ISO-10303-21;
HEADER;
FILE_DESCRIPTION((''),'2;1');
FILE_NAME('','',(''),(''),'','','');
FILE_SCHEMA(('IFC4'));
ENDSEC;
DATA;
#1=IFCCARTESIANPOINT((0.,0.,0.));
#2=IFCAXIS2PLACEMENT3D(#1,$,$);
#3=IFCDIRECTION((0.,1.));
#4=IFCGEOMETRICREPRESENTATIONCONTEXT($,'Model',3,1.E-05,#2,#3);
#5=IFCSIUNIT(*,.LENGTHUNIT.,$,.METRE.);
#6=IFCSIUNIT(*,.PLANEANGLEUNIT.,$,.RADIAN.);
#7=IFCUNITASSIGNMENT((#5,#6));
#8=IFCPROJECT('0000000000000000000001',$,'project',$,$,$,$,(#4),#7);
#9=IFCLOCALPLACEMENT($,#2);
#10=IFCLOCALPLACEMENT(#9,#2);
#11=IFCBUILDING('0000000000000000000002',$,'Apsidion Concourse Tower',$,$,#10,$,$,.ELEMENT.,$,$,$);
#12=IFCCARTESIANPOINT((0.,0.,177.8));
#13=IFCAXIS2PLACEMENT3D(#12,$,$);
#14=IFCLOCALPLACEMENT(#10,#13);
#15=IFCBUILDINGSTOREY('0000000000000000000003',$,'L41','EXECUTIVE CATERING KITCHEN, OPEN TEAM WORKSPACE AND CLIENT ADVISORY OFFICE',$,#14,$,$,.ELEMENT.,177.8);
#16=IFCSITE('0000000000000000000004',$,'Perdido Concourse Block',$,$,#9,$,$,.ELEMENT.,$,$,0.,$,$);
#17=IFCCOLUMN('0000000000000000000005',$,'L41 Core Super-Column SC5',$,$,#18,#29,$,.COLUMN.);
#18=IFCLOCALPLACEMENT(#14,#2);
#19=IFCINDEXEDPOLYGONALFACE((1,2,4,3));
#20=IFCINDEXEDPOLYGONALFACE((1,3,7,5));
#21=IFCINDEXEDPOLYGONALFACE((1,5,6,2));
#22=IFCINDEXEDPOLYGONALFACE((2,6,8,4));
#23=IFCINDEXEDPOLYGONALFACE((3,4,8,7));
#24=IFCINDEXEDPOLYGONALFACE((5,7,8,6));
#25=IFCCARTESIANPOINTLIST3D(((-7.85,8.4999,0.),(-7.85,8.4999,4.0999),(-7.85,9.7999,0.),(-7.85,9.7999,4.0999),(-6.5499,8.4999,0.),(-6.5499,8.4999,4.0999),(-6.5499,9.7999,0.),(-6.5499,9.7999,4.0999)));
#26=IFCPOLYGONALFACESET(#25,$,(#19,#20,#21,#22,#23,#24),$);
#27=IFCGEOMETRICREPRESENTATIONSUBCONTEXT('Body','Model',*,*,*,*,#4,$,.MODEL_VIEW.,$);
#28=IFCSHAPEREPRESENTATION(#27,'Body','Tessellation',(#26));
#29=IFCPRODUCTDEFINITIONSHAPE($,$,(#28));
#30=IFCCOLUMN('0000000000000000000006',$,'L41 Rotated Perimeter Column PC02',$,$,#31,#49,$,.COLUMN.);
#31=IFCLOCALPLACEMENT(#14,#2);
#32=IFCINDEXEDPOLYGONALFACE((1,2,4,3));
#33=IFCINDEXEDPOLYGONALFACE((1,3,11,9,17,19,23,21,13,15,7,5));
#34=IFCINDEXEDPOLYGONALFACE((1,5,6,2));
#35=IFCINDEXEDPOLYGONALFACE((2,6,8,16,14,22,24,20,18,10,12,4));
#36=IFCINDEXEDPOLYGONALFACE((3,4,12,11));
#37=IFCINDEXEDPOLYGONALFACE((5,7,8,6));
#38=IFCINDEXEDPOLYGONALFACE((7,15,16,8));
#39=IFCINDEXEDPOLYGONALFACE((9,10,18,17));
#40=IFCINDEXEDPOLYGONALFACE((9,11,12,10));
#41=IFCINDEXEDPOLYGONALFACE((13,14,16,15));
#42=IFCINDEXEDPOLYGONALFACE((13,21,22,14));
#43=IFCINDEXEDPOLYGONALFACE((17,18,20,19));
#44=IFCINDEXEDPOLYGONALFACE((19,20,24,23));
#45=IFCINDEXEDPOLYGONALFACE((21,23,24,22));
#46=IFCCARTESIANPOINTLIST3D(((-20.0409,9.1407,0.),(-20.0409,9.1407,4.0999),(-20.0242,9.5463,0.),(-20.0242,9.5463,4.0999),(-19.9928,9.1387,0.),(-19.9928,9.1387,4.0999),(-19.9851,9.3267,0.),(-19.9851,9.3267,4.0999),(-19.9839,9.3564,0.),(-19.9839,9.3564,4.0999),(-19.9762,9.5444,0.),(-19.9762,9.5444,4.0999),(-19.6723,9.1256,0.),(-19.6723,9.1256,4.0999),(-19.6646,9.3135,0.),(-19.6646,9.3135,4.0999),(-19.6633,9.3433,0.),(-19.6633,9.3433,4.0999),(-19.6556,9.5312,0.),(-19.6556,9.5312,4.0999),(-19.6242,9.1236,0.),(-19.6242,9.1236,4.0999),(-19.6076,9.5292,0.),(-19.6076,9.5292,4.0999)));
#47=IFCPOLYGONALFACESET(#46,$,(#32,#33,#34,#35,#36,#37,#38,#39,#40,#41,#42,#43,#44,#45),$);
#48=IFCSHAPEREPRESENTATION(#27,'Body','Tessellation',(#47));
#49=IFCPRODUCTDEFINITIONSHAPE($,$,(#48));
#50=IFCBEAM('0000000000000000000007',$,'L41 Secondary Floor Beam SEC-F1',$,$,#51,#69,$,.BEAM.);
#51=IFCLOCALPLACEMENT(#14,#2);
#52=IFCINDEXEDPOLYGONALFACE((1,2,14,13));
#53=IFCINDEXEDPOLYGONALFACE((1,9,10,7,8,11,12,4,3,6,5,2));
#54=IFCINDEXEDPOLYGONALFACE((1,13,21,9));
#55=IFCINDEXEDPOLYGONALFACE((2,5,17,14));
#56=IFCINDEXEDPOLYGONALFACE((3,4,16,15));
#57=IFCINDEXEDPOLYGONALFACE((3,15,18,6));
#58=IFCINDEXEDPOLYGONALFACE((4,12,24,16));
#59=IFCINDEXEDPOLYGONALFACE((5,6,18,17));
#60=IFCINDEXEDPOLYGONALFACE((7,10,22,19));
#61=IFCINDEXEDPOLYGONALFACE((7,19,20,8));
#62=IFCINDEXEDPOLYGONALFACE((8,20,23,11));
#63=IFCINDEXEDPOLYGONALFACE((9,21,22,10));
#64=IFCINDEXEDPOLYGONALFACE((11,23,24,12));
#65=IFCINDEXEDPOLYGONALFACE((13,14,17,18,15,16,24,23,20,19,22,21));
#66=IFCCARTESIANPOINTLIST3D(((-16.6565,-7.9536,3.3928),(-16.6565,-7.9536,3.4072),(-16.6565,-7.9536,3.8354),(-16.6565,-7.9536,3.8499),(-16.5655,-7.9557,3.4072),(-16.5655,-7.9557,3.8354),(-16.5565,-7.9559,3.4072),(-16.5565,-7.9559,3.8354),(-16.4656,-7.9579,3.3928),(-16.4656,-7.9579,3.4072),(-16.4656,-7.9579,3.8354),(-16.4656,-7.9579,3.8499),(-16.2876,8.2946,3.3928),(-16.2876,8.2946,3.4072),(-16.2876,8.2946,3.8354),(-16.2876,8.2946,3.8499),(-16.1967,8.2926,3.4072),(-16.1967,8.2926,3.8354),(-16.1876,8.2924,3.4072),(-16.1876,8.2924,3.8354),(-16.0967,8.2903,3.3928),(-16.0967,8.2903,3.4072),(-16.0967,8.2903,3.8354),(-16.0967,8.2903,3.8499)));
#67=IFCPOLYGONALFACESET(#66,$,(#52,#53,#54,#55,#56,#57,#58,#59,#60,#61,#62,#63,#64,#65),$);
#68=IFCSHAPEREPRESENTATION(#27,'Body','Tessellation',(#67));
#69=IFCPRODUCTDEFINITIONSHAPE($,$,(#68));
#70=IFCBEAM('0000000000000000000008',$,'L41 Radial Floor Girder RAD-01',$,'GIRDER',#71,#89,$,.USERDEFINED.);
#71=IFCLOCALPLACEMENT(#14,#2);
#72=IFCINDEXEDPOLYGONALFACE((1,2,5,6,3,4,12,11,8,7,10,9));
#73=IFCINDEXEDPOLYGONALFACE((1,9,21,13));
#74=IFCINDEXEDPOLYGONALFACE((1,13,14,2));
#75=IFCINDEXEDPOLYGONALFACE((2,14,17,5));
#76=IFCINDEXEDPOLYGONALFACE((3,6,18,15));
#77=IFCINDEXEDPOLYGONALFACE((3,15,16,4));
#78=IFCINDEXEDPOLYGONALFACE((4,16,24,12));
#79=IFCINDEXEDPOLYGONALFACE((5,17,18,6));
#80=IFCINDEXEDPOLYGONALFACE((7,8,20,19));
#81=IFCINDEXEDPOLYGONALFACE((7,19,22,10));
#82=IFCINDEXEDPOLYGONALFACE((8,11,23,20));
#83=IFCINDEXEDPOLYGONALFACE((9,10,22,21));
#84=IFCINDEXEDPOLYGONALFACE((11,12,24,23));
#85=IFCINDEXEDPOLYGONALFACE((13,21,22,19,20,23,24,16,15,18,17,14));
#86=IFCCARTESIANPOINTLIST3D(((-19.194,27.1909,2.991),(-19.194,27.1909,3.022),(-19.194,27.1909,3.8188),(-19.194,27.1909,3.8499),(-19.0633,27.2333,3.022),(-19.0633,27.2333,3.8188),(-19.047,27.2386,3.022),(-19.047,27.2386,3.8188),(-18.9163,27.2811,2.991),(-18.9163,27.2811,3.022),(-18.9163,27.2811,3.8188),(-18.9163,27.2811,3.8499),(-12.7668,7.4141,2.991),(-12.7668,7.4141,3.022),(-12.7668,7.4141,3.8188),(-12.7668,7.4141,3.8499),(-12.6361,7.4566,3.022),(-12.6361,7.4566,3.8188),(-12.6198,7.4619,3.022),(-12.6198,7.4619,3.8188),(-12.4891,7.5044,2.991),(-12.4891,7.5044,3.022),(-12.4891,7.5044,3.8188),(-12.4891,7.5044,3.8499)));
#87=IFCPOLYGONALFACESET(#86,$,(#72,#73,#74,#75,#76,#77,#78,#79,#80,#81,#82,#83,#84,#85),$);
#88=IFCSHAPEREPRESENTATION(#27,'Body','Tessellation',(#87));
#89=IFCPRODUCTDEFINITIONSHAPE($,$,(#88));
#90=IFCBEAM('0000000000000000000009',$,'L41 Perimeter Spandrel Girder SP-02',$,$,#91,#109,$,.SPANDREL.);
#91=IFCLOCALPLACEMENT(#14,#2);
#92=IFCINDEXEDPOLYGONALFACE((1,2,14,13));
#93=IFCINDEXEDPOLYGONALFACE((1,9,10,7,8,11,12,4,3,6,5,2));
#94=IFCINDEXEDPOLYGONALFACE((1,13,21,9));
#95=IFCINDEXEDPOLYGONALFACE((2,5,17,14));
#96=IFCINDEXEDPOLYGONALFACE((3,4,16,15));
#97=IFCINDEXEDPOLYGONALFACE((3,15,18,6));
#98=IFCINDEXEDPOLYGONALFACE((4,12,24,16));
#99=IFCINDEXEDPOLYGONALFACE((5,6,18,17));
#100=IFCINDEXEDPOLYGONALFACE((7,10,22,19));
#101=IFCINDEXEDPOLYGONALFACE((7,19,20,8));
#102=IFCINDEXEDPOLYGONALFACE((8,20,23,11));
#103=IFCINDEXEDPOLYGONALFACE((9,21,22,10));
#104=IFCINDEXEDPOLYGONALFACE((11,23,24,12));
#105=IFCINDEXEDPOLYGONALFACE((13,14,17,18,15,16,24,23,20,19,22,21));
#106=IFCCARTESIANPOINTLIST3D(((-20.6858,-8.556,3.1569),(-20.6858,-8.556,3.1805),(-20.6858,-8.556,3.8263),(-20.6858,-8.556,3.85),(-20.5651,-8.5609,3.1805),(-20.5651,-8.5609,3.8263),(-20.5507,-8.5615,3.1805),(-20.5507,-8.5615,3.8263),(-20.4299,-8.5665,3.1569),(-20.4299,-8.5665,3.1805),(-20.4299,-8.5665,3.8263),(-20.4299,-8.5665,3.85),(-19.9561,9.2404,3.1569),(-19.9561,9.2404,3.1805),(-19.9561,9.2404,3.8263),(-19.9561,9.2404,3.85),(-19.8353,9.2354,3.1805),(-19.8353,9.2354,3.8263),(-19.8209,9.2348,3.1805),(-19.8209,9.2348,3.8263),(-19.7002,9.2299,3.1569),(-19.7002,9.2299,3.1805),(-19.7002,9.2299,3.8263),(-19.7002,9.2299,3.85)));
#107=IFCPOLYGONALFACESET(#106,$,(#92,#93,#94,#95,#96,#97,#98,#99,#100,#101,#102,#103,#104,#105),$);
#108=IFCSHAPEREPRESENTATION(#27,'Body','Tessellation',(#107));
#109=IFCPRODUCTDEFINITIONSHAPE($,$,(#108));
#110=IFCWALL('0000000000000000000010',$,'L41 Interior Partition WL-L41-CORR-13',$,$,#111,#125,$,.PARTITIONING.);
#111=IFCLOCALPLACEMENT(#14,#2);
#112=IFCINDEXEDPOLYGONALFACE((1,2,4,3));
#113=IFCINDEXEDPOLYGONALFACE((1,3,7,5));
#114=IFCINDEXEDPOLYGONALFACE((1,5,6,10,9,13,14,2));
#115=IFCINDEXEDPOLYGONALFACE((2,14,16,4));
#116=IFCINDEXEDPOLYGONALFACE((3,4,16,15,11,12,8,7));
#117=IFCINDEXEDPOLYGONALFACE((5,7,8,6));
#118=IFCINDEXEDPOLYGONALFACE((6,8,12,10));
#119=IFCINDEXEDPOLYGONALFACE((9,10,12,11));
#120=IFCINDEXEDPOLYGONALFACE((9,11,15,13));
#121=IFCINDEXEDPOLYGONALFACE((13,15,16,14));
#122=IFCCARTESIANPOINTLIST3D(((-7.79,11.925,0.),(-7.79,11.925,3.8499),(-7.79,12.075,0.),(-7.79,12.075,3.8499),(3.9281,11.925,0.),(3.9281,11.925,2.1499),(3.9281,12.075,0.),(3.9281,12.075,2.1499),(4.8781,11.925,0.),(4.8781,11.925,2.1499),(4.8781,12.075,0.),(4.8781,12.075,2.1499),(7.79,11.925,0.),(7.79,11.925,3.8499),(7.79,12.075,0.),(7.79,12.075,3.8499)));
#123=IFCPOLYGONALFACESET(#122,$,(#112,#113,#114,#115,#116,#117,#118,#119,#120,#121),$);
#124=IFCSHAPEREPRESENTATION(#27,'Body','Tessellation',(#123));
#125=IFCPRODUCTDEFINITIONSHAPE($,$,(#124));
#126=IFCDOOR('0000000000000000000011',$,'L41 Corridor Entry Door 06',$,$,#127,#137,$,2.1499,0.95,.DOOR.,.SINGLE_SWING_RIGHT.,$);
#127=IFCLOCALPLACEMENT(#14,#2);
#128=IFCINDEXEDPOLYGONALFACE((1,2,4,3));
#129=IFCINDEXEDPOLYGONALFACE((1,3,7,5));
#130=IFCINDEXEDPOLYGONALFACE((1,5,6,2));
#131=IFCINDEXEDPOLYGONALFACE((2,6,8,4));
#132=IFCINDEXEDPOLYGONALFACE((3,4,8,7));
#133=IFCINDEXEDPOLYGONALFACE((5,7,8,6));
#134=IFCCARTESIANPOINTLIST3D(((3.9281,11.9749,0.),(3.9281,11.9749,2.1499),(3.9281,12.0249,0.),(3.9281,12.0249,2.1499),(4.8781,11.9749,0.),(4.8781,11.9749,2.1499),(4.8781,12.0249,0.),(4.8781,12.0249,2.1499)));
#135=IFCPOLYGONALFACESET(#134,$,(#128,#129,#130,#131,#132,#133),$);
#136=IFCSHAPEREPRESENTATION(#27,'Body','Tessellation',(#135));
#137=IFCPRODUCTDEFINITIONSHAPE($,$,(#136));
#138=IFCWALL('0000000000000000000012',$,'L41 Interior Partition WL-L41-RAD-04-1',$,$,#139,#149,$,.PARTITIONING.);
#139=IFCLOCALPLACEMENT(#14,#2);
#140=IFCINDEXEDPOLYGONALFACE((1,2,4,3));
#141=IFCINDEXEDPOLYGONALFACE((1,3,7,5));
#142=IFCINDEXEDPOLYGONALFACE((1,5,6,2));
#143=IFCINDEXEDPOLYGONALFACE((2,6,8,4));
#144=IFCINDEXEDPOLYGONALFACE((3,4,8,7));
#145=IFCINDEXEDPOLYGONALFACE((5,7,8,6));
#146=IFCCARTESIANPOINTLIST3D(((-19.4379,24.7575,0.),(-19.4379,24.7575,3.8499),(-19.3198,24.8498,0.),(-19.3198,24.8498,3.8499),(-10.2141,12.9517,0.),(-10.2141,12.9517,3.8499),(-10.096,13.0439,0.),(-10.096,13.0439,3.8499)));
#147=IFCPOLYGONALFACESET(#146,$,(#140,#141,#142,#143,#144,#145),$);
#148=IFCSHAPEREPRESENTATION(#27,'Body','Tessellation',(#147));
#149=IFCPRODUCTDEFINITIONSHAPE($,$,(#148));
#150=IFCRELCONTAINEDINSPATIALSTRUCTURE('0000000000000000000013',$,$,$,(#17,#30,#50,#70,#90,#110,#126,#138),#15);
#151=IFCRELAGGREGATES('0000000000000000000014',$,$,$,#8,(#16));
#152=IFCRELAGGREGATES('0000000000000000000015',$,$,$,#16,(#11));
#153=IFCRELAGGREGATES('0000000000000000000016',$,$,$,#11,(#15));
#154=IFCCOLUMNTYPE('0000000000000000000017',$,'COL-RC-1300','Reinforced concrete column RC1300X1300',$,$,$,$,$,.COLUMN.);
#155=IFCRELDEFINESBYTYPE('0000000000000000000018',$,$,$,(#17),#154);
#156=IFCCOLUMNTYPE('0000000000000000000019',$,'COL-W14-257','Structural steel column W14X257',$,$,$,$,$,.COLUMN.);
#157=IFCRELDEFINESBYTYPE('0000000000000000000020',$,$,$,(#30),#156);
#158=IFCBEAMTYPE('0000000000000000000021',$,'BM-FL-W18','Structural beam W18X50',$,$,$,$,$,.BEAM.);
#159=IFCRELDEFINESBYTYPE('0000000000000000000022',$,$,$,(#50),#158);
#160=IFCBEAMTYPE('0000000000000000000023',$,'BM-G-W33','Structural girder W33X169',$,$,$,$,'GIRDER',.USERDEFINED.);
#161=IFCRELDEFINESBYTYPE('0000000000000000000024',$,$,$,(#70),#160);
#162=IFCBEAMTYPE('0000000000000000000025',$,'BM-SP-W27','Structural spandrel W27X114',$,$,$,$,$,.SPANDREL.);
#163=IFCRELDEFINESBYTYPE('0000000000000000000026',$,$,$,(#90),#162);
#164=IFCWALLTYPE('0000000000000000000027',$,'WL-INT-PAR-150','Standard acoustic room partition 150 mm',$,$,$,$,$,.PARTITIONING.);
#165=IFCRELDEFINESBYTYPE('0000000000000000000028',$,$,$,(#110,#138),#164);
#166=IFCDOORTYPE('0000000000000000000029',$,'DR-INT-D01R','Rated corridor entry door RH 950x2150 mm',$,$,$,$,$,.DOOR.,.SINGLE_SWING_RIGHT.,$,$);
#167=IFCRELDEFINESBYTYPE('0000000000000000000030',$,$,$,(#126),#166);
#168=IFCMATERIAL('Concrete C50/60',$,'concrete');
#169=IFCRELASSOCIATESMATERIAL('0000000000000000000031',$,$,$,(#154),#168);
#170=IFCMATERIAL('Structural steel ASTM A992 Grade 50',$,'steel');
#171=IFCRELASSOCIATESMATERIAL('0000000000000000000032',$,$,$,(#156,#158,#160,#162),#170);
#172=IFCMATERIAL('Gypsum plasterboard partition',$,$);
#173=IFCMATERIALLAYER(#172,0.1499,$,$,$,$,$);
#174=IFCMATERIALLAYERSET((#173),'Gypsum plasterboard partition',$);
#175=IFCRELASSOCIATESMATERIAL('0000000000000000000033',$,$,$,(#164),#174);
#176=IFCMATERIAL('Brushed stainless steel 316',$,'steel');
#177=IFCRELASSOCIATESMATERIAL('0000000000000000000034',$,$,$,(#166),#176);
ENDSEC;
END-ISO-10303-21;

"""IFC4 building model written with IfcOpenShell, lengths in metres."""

from ifc_helpers import new_model, si_unit, direction, frame, frame_2d, origin, origin_2d, place, context, subcontext, project, spatial, rectangle, i_section, extrude, material, layer, layer_set, material_profile, profile_set, type_object, element, fill, save


model = new_model("IFC4")

# Units and contexts
model_context = context("Model", 3, precision=1e-05, world=origin(), true_north=direction((0.0, 1.0)))
body_context = subcontext(model_context, "Body", "Model", "MODEL_VIEW")
ifc_project = project(units=[si_unit("LENGTHUNIT", "METRE"), si_unit("PLANEANGLEUNIT", "RADIAN")], contexts=[model_context])

# Site, building, storey
site_placement = place(None, origin())
site = spatial("IfcSite", under=ifc_project, at=site_placement, Name="Perdido Concourse Block", CompositionType="ELEMENT", RefElevation=0.0)
building_placement = place(site_placement, origin())
building = spatial("IfcBuilding", under=site, at=building_placement, Name="Apsidion Concourse Tower", CompositionType="ELEMENT")
storey_placement = place(building_placement, frame((0.0, 0.0, 177.8)))
storey = spatial("IfcBuildingStorey", under=building, at=storey_placement, Name="L41", Description="EXECUTIVE CATERING KITCHEN, OPEN TEAM WORKSPACE AND CLIENT ADVISORY OFFICE", CompositionType="ELEMENT", Elevation=177.8)

# Columns
ifc_material_1 = material(Name="Concrete C50/60", Category="concrete")
ifc_material_profile_1 = material_profile(ifc_material_1, rectangle(XDim=1.3, YDim=1.3, at=origin_2d()), Name="RC 1300x1300")
ifc_profile_set_1 = profile_set([ifc_material_profile_1], Name="Concrete C50/60")
column_type_1 = type_object("IfcColumnType", Name="COL-RC-1300", Description="Reinforced concrete column RC1300X1300", PredefinedType="COLUMN", material=ifc_profile_set_1)
column_1_placement = place(storey_placement, frame((-7.2, 9.1499, 0.0), z_axis=(0.0, 0.0, 1.0), x_axis=(1.0, 0.0, 0.0)))
element("IfcColumn", 1, at=column_1_placement, inside=storey, type_object=column_type_1, Name="L41 Core Super-Column SC5", PredefinedType="COLUMN", context=body_context, shape_type="SweptSolid", body=[
    extrude(rectangle(XDim=1.3, YDim=1.3, at=origin_2d()), origin(), (0.0, 0.0, 1.0), 4.0999),
])
ifc_material_2 = material(Name="Structural steel ASTM A992 Grade 50", Category="steel")
ifc_material_profile_2 = material_profile(ifc_material_2, i_section(OverallWidth=0.406, OverallDepth=0.417, WebThickness=0.0298, FlangeThickness=0.0481, at=origin_2d()), Name="W14X257")
ifc_profile_set_2 = profile_set([ifc_material_profile_2], Name="Structural steel ASTM A992 Grade 50")
column_type_2 = type_object("IfcColumnType", Name="COL-W14-257", Description="Structural steel column W14X257", PredefinedType="COLUMN", material=ifc_profile_set_2)
column_2_placement = place(storey_placement, frame((-19.8242, 9.335, 0.0), z_axis=(0.0, 0.0, 1.0), x_axis=(0.041004, 0.999159, 0.0)))
element("IfcColumn", 2, at=column_2_placement, inside=storey, type_object=column_type_2, Name="L41 Rotated Perimeter Column PC02", PredefinedType="COLUMN", context=body_context, shape_type="SweptSolid", body=[
    extrude(i_section(OverallWidth=0.406, OverallDepth=0.417, WebThickness=0.0298, FlangeThickness=0.0481, at=origin_2d()), origin(), (0.0, 0.0, 1.0), 4.0999),
])

# Beams
ifc_material_profile_3 = material_profile(ifc_material_2, i_section(OverallWidth=0.1909, OverallDepth=0.457, WebThickness=0.009, FlangeThickness=0.0144, at=origin_2d()), Name="W18X50")
ifc_profile_set_3 = profile_set([ifc_material_profile_3], Name="Structural steel ASTM A992 Grade 50")
beam_type_1 = type_object("IfcBeamType", Name="BM-FL-W18", Description="Structural beam W18X50", PredefinedType="BEAM", material=ifc_profile_set_3)
beam_1_placement = place(storey_placement, frame((-16.1921, 8.2925, 3.6213), z_axis=(-0.022698, -0.999742, 0.0), x_axis=(0.999742, -0.022698, 0.0)))
element("IfcBeam", 3, at=beam_1_placement, inside=storey, type_object=beam_type_1, Name="L41 Secondary Floor Beam SEC-F1", PredefinedType="BEAM", context=body_context, shape_type="SweptSolid", body=[
    extrude(i_section(OverallWidth=0.1909, OverallDepth=0.457, WebThickness=0.009, FlangeThickness=0.0144, at=origin_2d()), origin(), (0.0, 0.0, 1.0), 16.2524),
])
ifc_material_profile_4 = material_profile(ifc_material_2, i_section(OverallWidth=0.292, OverallDepth=0.8589, WebThickness=0.0171, FlangeThickness=0.031, at=origin_2d()), Name="W33X169")
ifc_profile_set_4 = profile_set([ifc_material_profile_4], Name="Structural steel ASTM A992 Grade 50")
beam_type_2 = type_object("IfcBeamType", Name="BM-G-W33", Description="Structural girder W33X169", ElementType="GIRDER", PredefinedType="USERDEFINED", material=ifc_profile_set_4)
beam_2_placement = place(storey_placement, frame((-12.6279, 7.4592, 3.4204), z_axis=(-0.309076, 0.951037, 0.0), x_axis=(-0.951037, -0.309076, 0.0)))
element("IfcBeam", 4, at=beam_2_placement, inside=storey, type_object=beam_type_2, Name="L41 Radial Floor Girder RAD-01", ObjectType="GIRDER", PredefinedType="USERDEFINED", context=body_context, shape_type="SweptSolid", body=[
    extrude(i_section(OverallWidth=0.292, OverallDepth=0.8589, WebThickness=0.0171, FlangeThickness=0.031, at=origin_2d()), origin(), (0.0, 0.0, 1.0), 20.7949),
])
ifc_material_profile_5 = material_profile(ifc_material_2, i_section(OverallWidth=0.2561, OverallDepth=0.6931, WebThickness=0.0144, FlangeThickness=0.0237, at=origin_2d()), Name="W27X114")
ifc_profile_set_5 = profile_set([ifc_material_profile_5], Name="Structural steel ASTM A992 Grade 50")
beam_type_3 = type_object("IfcBeamType", Name="BM-SP-W27", Description="Structural spandrel W27X114", PredefinedType="SPANDREL", material=ifc_profile_set_5)
beam_3_placement = place(storey_placement, frame((-19.8281, 9.2351, 3.5034), z_axis=(-0.04097, -0.99916, 0.0), x_axis=(0.99916, -0.04097, 0.0)))
element("IfcBeam", 5, at=beam_3_placement, inside=storey, type_object=beam_type_3, Name="L41 Perimeter Spandrel Girder SP-02", PredefinedType="SPANDREL", context=body_context, shape_type="SweptSolid", body=[
    extrude(i_section(OverallWidth=0.2561, OverallDepth=0.6931, WebThickness=0.0144, FlangeThickness=0.0237, at=origin_2d()), origin(), (0.0, 0.0, 1.0), 17.8113),
])

# Wall, opening, door
ifc_material_3 = material(Name="Gypsum plasterboard partition")
ifc_layer_1 = layer(ifc_material_3, 0.1499)
ifc_layer_set_1 = layer_set([ifc_layer_1], Name="Gypsum plasterboard partition")
wall_type_1 = type_object("IfcWallType", Name="WL-INT-PAR-150", Description="Standard acoustic room partition 150 mm", PredefinedType="PARTITIONING", material=ifc_layer_set_1)
wall_1_placement = place(storey_placement, frame((-7.79, 12.0, 0.0), z_axis=(0.0, 0.0, 1.0), x_axis=(1.0, 0.0, 0.0)))
wall_1 = element("IfcWall", 6, at=wall_1_placement, inside=storey, type_object=wall_type_1, Name="L41 Interior Partition WL-L41-CORR-13", PredefinedType="PARTITIONING", context=body_context, shape_type="SweptSolid", body=[
    extrude(rectangle(XDim=15.5801, YDim=0.1499, at=frame_2d((7.79, 0.0))), origin(), (0.0, 0.0, 1.0), 3.8499),
])
opening_1_placement = place(wall_1_placement, frame((11.718, 0.0, 0.0)))
opening_1 = element("IfcOpeningElement", 7, at=opening_1_placement, cuts=wall_1, PredefinedType="OPENING", context=body_context, shape_type="SweptSolid", body=[
    extrude(rectangle(XDim=0.95, YDim=2.1499, at=frame_2d((0.4751, 1.075))), frame((0.0, 0.085, 0.0), z_axis=(0.0, -1.0, 0.0), x_axis=(1.0, 0.0, 0.0)), (0.0, 0.0, 1.0), 0.1699),
])
ifc_material_4 = material(Name="Brushed stainless steel 316", Category="steel")
door_type_1 = type_object("IfcDoorType", Name="DR-INT-D01R", Description="Rated corridor entry door RH 950x2150 mm", OperationType="SINGLE_SWING_RIGHT", PredefinedType="DOOR", material=ifc_material_4)
door_1_placement = place(opening_1_placement, origin())
door_1 = element("IfcDoor", 8, at=door_1_placement, inside=storey, type_object=door_type_1, Name="L41 Corridor Entry Door 06", OperationType="SINGLE_SWING_RIGHT", OverallHeight=2.1499, OverallWidth=0.95, PredefinedType="DOOR", context=body_context, shape_type="SweptSolid", body=[
    extrude(rectangle(XDim=0.95, YDim=2.1499, at=frame_2d((0.4751, 1.075))), frame((0.0, 0.0249, 0.0), z_axis=(0.0, -1.0, 0.0), x_axis=(1.0, 0.0, 0.0)), (0.0, 0.0, 1.0), 0.05),
])
fill(opening_1, door_1)

# Wall
wall_2_placement = place(storey_placement, frame((-10.155, 12.9978, 0.0), z_axis=(0.0, 0.0, 1.0), x_axis=(-0.615665, 0.788008, 0.0)))
element("IfcWall", 9, at=wall_2_placement, inside=storey, type_object=wall_type_1, Name="L41 Interior Partition WL-L41-RAD-04-1", PredefinedType="PARTITIONING", context=body_context, shape_type="SweptSolid", body=[
    extrude(rectangle(XDim=14.9819, YDim=0.1499, at=frame_2d((7.491, 0.0))), origin(), (0.0, 0.0, 1.0), 3.8499),
])

save(model, "model.ifc")
